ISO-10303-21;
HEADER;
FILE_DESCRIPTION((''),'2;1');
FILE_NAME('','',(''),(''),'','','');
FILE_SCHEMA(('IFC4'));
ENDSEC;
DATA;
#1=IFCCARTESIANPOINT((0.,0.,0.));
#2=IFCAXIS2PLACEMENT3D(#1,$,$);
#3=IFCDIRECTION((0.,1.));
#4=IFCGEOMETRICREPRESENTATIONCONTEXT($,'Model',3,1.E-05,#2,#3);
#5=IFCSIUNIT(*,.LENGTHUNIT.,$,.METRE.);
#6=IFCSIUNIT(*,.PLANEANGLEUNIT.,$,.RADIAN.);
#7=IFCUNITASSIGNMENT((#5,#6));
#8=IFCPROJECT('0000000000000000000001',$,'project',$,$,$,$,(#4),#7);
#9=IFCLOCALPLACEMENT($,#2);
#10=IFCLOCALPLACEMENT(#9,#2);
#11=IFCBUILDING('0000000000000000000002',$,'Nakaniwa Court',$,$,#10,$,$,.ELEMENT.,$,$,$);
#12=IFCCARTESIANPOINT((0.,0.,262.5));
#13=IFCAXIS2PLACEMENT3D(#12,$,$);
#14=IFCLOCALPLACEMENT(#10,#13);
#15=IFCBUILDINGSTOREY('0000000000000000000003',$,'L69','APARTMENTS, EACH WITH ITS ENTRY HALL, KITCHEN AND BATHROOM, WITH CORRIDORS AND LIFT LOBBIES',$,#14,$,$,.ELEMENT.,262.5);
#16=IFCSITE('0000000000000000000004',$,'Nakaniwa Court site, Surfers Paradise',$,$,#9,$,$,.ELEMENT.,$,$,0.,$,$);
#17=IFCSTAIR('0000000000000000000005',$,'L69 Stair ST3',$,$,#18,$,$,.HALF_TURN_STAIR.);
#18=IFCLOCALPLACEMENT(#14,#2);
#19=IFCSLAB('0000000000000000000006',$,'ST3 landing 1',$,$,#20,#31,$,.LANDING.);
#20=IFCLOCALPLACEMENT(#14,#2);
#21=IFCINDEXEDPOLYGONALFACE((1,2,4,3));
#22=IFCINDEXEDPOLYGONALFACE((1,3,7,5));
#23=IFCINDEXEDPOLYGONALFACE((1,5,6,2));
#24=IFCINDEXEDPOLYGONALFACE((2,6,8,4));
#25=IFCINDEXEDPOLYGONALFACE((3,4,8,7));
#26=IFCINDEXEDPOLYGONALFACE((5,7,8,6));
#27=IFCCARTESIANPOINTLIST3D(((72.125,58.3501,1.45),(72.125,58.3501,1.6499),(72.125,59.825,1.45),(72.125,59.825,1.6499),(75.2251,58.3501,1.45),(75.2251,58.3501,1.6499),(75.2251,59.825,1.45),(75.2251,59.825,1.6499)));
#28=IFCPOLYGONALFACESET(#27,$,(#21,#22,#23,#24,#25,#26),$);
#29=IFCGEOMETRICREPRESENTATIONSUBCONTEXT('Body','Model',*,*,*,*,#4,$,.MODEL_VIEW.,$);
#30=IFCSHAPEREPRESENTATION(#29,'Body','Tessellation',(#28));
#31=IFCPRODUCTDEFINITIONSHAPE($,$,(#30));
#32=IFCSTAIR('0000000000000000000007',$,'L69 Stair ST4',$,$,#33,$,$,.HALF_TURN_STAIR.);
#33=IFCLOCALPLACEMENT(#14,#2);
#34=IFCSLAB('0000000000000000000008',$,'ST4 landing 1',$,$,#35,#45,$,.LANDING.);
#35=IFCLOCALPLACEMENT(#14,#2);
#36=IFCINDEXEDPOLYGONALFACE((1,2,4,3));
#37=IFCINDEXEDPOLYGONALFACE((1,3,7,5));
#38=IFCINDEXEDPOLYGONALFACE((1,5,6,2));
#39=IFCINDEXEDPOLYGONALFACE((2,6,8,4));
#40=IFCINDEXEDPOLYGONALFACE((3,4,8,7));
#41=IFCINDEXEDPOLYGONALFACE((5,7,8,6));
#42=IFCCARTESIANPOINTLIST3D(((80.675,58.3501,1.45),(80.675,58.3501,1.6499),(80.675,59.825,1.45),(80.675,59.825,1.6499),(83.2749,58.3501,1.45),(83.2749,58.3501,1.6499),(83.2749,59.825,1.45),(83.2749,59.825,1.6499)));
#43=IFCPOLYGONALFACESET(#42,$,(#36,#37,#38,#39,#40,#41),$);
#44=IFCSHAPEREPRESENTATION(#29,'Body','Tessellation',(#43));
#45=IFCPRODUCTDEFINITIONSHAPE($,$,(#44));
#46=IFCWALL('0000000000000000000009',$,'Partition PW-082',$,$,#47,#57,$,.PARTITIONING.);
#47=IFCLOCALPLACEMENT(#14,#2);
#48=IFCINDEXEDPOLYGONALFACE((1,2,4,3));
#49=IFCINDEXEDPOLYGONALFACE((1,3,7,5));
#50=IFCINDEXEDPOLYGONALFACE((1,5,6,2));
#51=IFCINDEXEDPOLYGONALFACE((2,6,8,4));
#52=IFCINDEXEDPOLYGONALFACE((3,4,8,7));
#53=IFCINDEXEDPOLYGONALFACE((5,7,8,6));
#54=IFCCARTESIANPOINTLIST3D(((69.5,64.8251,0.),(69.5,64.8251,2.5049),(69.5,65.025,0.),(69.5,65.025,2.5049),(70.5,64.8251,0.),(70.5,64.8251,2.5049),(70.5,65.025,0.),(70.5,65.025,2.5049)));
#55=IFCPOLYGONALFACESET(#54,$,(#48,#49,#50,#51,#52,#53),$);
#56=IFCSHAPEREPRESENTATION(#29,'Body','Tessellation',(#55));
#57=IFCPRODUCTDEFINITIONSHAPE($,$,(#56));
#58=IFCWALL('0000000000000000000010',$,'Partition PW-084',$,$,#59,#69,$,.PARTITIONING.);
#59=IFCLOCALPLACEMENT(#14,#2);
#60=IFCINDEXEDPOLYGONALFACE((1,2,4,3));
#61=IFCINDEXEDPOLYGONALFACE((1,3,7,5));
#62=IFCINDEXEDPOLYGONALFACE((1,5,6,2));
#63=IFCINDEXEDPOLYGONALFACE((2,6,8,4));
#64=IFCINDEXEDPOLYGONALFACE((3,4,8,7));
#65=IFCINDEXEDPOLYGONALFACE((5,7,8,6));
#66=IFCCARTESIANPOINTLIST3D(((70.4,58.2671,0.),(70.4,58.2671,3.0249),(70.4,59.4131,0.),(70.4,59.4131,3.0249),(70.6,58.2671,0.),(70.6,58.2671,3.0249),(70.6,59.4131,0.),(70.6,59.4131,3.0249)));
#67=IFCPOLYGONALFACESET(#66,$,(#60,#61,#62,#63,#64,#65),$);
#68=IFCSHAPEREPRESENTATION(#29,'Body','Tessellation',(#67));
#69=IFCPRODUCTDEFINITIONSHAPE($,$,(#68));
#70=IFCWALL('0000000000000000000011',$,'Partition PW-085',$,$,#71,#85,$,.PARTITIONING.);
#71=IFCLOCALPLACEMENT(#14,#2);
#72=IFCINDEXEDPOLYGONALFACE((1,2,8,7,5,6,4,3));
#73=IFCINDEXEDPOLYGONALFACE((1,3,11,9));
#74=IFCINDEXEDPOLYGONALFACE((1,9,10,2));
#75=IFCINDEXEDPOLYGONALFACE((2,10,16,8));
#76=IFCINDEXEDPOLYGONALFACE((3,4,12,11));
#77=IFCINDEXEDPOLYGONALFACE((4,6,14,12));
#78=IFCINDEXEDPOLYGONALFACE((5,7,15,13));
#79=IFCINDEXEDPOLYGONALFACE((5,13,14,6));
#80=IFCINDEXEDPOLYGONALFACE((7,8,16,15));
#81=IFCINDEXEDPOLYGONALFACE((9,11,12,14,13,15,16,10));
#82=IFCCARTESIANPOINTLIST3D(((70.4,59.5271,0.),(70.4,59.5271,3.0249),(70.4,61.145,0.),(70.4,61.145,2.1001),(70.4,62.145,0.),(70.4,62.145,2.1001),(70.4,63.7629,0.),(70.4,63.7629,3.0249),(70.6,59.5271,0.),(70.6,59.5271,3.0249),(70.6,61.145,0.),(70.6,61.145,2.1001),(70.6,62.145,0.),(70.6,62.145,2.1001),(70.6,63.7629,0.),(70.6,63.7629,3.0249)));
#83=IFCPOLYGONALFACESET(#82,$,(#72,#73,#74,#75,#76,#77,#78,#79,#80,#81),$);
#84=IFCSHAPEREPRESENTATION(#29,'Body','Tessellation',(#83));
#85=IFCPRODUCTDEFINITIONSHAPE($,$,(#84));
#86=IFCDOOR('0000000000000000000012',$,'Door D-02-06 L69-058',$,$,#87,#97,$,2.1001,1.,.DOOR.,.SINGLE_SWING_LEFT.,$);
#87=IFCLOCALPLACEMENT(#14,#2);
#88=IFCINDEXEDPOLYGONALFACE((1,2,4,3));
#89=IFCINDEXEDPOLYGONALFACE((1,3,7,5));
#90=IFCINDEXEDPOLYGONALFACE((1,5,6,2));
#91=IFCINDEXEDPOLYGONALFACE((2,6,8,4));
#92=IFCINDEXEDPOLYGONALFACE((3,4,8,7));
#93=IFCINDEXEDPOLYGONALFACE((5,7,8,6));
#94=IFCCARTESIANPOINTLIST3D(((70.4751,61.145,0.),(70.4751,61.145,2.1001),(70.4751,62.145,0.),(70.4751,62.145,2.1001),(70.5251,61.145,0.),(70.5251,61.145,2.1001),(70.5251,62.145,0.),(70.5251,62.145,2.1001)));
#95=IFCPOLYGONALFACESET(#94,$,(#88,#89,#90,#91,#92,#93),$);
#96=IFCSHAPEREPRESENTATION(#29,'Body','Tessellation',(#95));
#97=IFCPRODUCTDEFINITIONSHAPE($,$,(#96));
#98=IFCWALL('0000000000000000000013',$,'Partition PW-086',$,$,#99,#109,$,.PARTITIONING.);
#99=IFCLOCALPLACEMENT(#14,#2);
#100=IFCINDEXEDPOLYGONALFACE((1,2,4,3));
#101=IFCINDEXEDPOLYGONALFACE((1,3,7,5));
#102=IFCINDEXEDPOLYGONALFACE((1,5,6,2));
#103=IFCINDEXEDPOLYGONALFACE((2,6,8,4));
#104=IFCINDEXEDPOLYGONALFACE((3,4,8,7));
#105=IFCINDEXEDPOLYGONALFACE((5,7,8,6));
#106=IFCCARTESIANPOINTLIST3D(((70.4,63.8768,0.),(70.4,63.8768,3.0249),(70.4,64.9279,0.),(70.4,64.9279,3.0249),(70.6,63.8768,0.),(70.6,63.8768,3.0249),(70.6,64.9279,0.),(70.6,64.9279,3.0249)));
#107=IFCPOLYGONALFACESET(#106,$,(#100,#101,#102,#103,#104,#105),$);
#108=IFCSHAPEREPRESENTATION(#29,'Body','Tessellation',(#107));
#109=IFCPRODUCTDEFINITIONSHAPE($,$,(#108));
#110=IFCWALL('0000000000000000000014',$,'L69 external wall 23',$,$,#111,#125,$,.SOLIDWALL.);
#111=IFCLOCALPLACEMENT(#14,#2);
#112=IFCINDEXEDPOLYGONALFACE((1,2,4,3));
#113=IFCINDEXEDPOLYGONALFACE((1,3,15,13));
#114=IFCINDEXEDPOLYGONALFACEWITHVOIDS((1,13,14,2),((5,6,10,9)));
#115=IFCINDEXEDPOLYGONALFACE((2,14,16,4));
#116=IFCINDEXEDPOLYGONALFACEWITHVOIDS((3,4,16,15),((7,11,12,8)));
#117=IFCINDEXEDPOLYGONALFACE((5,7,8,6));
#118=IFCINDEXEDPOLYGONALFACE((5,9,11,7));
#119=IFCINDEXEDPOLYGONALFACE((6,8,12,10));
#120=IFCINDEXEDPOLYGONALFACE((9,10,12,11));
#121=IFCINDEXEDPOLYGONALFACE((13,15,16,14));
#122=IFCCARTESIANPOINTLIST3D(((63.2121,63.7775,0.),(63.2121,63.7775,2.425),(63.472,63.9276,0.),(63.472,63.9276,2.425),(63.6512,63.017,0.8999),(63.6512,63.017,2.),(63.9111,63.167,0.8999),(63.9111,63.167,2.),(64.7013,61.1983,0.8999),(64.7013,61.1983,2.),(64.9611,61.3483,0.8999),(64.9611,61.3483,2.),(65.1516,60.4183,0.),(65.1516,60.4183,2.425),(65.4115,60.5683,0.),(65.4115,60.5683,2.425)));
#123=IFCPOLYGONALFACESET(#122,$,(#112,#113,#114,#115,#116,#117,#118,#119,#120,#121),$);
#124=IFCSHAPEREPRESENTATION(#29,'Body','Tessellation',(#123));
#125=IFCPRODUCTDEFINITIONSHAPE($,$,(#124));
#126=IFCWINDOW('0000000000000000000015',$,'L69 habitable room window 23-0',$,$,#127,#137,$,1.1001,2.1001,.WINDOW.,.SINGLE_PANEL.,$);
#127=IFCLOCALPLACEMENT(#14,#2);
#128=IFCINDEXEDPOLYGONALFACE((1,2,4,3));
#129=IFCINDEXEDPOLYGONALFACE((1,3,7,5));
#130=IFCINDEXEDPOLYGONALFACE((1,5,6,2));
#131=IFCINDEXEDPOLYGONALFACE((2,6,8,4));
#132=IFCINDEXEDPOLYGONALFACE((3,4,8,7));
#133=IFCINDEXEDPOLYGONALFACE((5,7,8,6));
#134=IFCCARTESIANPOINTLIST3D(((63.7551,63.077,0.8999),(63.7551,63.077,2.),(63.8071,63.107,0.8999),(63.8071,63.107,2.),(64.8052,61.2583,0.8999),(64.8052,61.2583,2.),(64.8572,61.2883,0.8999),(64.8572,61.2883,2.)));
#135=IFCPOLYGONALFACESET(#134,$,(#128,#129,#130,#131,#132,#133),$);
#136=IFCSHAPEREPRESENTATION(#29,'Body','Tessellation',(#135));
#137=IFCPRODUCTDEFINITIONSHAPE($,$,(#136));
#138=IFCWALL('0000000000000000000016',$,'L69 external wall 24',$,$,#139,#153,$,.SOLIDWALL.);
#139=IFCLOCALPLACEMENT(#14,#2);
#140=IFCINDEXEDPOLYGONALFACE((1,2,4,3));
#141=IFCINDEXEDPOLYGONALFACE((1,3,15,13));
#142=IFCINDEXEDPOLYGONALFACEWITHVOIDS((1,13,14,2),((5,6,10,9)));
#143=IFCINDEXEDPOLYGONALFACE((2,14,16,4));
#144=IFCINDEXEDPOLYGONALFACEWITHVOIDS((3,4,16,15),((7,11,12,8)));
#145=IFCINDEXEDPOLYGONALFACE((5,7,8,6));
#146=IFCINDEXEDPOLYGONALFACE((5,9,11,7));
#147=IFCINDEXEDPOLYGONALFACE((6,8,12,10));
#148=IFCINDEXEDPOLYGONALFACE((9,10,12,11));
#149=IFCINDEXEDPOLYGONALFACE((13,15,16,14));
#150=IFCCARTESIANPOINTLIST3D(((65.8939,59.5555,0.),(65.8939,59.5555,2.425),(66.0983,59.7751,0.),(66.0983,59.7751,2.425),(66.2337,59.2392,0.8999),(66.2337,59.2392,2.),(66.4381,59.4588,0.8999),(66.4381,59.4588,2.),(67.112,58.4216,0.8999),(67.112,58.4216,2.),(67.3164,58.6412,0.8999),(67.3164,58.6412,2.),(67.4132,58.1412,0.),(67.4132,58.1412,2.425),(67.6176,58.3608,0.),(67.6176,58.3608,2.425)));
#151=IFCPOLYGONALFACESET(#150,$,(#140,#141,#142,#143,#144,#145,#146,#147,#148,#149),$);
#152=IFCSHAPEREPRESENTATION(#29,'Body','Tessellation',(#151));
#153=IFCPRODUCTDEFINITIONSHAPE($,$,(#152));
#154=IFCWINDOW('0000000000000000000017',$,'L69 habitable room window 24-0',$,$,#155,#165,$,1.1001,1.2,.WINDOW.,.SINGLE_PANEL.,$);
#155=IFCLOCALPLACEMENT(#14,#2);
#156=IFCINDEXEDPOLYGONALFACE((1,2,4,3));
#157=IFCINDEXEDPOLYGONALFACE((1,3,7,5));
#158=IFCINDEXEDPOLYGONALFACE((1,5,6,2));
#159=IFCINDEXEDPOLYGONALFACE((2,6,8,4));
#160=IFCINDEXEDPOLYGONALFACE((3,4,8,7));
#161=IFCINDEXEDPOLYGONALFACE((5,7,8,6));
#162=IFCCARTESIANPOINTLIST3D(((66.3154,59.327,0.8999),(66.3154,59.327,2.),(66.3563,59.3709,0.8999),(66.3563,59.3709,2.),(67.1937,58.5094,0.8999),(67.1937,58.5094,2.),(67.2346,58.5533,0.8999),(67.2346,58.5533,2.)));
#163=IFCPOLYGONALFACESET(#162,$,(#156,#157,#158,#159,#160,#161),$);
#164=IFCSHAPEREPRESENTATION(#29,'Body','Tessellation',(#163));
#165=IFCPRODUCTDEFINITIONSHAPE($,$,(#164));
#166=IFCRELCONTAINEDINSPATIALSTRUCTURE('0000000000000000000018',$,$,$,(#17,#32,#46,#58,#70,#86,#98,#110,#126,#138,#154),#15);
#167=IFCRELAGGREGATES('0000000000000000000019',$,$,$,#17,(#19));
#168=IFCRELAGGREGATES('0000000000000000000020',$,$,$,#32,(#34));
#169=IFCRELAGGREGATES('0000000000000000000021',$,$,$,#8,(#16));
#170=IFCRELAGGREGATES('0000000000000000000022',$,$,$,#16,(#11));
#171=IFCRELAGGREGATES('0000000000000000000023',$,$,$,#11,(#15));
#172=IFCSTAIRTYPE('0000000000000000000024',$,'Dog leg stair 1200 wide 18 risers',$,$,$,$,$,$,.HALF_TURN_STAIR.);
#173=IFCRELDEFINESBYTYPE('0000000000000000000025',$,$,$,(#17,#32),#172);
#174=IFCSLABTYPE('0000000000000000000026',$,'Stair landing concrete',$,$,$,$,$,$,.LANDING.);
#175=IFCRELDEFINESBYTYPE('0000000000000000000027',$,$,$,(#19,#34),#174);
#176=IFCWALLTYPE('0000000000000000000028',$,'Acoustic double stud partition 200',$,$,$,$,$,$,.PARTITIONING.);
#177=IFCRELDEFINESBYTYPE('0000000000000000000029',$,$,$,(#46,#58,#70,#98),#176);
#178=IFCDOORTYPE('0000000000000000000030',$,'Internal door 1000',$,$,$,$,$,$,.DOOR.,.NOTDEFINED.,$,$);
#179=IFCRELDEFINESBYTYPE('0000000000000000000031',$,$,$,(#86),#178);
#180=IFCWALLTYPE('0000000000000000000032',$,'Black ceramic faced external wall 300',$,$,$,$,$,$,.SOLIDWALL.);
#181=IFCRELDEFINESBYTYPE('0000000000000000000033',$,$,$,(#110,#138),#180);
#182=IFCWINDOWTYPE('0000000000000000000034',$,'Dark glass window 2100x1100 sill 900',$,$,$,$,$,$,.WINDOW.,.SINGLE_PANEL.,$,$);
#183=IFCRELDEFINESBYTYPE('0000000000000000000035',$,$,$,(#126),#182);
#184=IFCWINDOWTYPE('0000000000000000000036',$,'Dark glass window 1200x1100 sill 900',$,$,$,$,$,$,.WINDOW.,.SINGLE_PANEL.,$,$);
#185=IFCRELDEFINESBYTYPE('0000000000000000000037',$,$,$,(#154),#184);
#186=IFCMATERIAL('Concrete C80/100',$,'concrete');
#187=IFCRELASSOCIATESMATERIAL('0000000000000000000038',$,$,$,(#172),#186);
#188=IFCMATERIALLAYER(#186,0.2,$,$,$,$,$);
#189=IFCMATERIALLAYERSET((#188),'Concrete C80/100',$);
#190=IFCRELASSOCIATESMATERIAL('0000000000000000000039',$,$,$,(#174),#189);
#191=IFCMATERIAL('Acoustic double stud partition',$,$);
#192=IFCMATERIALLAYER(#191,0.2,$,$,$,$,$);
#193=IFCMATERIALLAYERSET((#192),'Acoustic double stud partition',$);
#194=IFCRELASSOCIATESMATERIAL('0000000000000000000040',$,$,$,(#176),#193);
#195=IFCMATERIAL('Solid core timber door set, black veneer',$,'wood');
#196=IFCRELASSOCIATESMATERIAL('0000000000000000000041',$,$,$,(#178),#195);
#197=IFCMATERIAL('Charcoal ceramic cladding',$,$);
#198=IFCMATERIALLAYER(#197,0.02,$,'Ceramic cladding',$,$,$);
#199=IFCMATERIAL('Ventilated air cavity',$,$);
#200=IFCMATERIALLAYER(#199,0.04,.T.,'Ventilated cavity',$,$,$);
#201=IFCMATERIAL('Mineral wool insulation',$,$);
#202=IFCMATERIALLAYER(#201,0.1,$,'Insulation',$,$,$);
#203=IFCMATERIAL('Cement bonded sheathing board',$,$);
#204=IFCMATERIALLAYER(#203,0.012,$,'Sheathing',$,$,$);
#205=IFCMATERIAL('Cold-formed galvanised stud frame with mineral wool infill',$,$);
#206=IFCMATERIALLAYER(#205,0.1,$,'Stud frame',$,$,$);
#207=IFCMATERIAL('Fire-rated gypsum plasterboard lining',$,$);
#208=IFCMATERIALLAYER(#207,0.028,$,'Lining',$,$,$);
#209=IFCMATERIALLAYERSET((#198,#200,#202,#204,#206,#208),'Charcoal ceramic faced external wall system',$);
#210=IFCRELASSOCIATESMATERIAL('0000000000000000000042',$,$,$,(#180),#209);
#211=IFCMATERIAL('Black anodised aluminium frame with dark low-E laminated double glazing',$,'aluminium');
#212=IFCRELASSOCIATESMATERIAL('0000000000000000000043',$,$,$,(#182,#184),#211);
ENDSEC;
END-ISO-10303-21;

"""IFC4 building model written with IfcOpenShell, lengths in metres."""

from ifc_helpers import new_model, si_unit, direction, frame, frame_2d, origin, place, context, subcontext, project, spatial, polyline, rectangle, outline, extrude, material, layer, layer_set, type_object, element, fill, aggregate, save


model = new_model("IFC4")

# Units and contexts
model_context = context("Model", 3, precision=1e-05, world=origin(), true_north=direction((0.0, 1.0)))
body_context = subcontext(model_context, "Body", "Model", "MODEL_VIEW")
ifc_project = project(units=[si_unit("LENGTHUNIT", "METRE"), si_unit("PLANEANGLEUNIT", "RADIAN")], contexts=[model_context])

# Site, building, storey
site_placement = place(None, origin())
site = spatial("IfcSite", under=ifc_project, at=site_placement, Name="Nakaniwa Court site, Surfers Paradise", CompositionType="ELEMENT", RefElevation=0.0)
building_placement = place(site_placement, origin())
building = spatial("IfcBuilding", under=site, at=building_placement, Name="Nakaniwa Court", CompositionType="ELEMENT")
storey_placement = place(building_placement, frame((0.0, 0.0, 262.5)))
storey = spatial("IfcBuildingStorey", under=building, at=storey_placement, Name="L69", Description="APARTMENTS, EACH WITH ITS ENTRY HALL, KITCHEN AND BATHROOM, WITH CORRIDORS AND LIFT LOBBIES", CompositionType="ELEMENT", Elevation=262.5)

# Shared definitions
ifc_material_1 = material(Name="Concrete C80/100", Category="concrete")

# Stairs, slabs
stair_type = type_object("IfcStairType", Name="Dog leg stair 1200 wide 18 risers", PredefinedType="HALF_TURN_STAIR", material=ifc_material_1)
ifc_layer_1 = layer(ifc_material_1, 0.2)
ifc_layer_set_1 = layer_set([ifc_layer_1], Name="Concrete C80/100")
slab_type_1 = type_object("IfcSlabType", Name="Stair landing concrete", PredefinedType="LANDING", material=ifc_layer_set_1)
stair_1_placement = place(storey_placement, origin())
stair_1 = element("IfcStair", 1, at=stair_1_placement, inside=storey, type_object=stair_type, Name="L69 Stair ST3", PredefinedType="HALF_TURN_STAIR")
slab_1_placement = place(storey_placement, frame((0.0, 0.0, 1.45)))
slab_1 = element("IfcSlab", 2, at=slab_1_placement, type_object=slab_type_1, Name="ST3 landing 1", PredefinedType="LANDING", context=body_context, shape_type="SweptSolid", body=[
    extrude(outline(polyline([(75.2251, 58.3501), (75.2251, 59.825), (72.125, 59.825), (72.125, 58.3501), (75.2251, 58.3501)])), origin(), (0.0, 0.0, 1.0), 0.2),
])
aggregate(stair_1, [slab_1])
stair_2_placement = place(storey_placement, origin())
stair_2 = element("IfcStair", 3, at=stair_2_placement, inside=storey, type_object=stair_type, Name="L69 Stair ST4", PredefinedType="HALF_TURN_STAIR")
slab_2_placement = place(storey_placement, frame((0.0, 0.0, 1.45)))
slab_2 = element("IfcSlab", 4, at=slab_2_placement, type_object=slab_type_1, Name="ST4 landing 1", PredefinedType="LANDING", context=body_context, shape_type="SweptSolid", body=[
    extrude(outline(polyline([(83.2749, 58.3501), (83.2749, 59.825), (80.675, 59.825), (80.675, 58.3501), (83.2749, 58.3501)])), origin(), (0.0, 0.0, 1.0), 0.2),
])
aggregate(stair_2, [slab_2])

# Walls
ifc_material_2 = material(Name="Acoustic double stud partition")
ifc_layer_2 = layer(ifc_material_2, 0.2)
ifc_layer_set_2 = layer_set([ifc_layer_2], Name="Acoustic double stud partition")
wall_type_1 = type_object("IfcWallType", Name="Acoustic double stud partition 200", PredefinedType="PARTITIONING", material=ifc_layer_set_2)
wall_1_placement = place(storey_placement, frame((69.5, 64.925, 0.0), z_axis=(0.0, 0.0, 1.0), x_axis=(1.0, 0.0, 0.0)))
element("IfcWall", 5, at=wall_1_placement, inside=storey, type_object=wall_type_1, Name="Partition PW-082", PredefinedType="PARTITIONING", context=body_context, shape_type="SweptSolid", body=[
    extrude(rectangle(XDim=1.0, YDim=0.2, at=frame_2d((0.5, 0.0))), origin(), (0.0, 0.0, 1.0), 2.5049),
])
wall_2_placement = place(storey_placement, frame((70.5, 58.2671, 0.0), z_axis=(0.0, 0.0, 1.0), x_axis=(0.0, 1.0, 0.0)))
element("IfcWall", 6, at=wall_2_placement, inside=storey, type_object=wall_type_1, Name="Partition PW-084", PredefinedType="PARTITIONING", context=body_context, shape_type="SweptSolid", body=[
    extrude(rectangle(XDim=1.146, YDim=0.2, at=frame_2d((0.573, 0.0))), origin(), (0.0, 0.0, 1.0), 3.0249),
])

# Wall, opening, door
wall_3_placement = place(storey_placement, frame((70.5, 59.5271, 0.0), z_axis=(0.0, 0.0, 1.0), x_axis=(0.0, 1.0, 0.0)))
wall_3 = element("IfcWall", 7, at=wall_3_placement, inside=storey, type_object=wall_type_1, Name="Partition PW-085", PredefinedType="PARTITIONING", context=body_context, shape_type="SweptSolid", body=[
    extrude(rectangle(XDim=4.2358, YDim=0.2, at=frame_2d((2.1179, 0.0))), origin(), (0.0, 0.0, 1.0), 3.0249),
])
opening_1_placement = place(wall_3_placement, frame((1.6179, 0.0, 0.0)))
opening_1 = element("IfcOpeningElement", 8, at=opening_1_placement, cuts=wall_3, PredefinedType="OPENING", context=body_context, shape_type="SweptSolid", body=[
    extrude(rectangle(XDim=1.0, YDim=2.1001, at=frame_2d((0.5, 1.05))), frame((0.0, 0.1099, 0.0), z_axis=(0.0, -1.0, 0.0), x_axis=(1.0, 0.0, 0.0)), (0.0, 0.0, 1.0), 0.22),
])
ifc_material_3 = material(Name="Solid core timber door set, black veneer", Category="wood")
door_type = type_object("IfcDoorType", Name="Internal door 1000", OperationType="NOTDEFINED", PredefinedType="DOOR", material=ifc_material_3)
door_placement = place(opening_1_placement, origin())
door = element("IfcDoor", 9, at=door_placement, inside=storey, type_object=door_type, Name="Door D-02-06 L69-058", OperationType="SINGLE_SWING_LEFT", OverallHeight=2.1001, OverallWidth=1.0, PredefinedType="DOOR", context=body_context, shape_type="SweptSolid", body=[
    extrude(rectangle(XDim=1.0, YDim=2.1001, at=frame_2d((0.5, 1.05))), frame((0.0, 0.0249, 0.0), z_axis=(0.0, -1.0, 0.0), x_axis=(1.0, 0.0, 0.0)), (0.0, 0.0, 1.0), 0.05),
])
fill(opening_1, door)

# Wall
wall_4_placement = place(storey_placement, frame((70.5, 63.877, 0.0), z_axis=(0.0, 0.0, 1.0), x_axis=(0.0, 1.0, 0.0)))
element("IfcWall", 10, at=wall_4_placement, inside=storey, type_object=wall_type_1, Name="Partition PW-086", PredefinedType="PARTITIONING", context=body_context, shape_type="SweptSolid", body=[
    extrude(rectangle(XDim=1.051, YDim=0.2, at=frame_2d((0.5254, 0.0))), origin(), (0.0, 0.0, 1.0), 3.0249),
])

# Walls, openings, windows
ifc_material_4 = material(Name="Charcoal ceramic cladding")
ifc_layer_3 = layer(ifc_material_4, 0.02, Name="Ceramic cladding")
ifc_material_5 = material(Name="Ventilated air cavity")
ifc_layer_4 = layer(ifc_material_5, 0.04, ventilated=True, Name="Ventilated cavity")
ifc_material_6 = material(Name="Mineral wool insulation")
ifc_layer_5 = layer(ifc_material_6, 0.1, Name="Insulation")
ifc_material_7 = material(Name="Cement bonded sheathing board")
ifc_layer_6 = layer(ifc_material_7, 0.012, Name="Sheathing")
ifc_material_8 = material(Name="Cold-formed galvanised stud frame with mineral wool infill")
ifc_layer_7 = layer(ifc_material_8, 0.1, Name="Stud frame")
ifc_material_9 = material(Name="Fire-rated gypsum plasterboard lining")
ifc_layer_8 = layer(ifc_material_9, 0.028, Name="Lining")
ifc_layer_set_3 = layer_set([ifc_layer_3, ifc_layer_4, ifc_layer_5, ifc_layer_6, ifc_layer_7, ifc_layer_8], Name="Charcoal ceramic faced external wall system")
wall_type_2 = type_object("IfcWallType", Name="Black ceramic faced external wall 300", PredefinedType="SOLIDWALL", material=ifc_layer_set_3)
wall_5_placement = place(storey_placement, frame((63.342, 63.8525, 0.0), z_axis=(0.0, 0.0, 1.0), x_axis=(0.500011, -0.866019, 0.0)))
wall_5 = element("IfcWall", 11, at=wall_5_placement, inside=storey, type_object=wall_type_2, Name="L69 external wall 23", PredefinedType="SOLIDWALL", context=body_context, shape_type="SweptSolid", body=[
    extrude(rectangle(XDim=3.8789, YDim=0.3, at=frame_2d((1.9395, 0.0))), origin(), (0.0, 0.0, 1.0), 2.425),
])
opening_2_placement = place(wall_5_placement, frame((0.8782, 0.0, 0.8999)))
opening_2 = element("IfcOpeningElement", 12, at=opening_2_placement, cuts=wall_5, PredefinedType="OPENING", context=body_context, shape_type="SweptSolid", body=[
    extrude(rectangle(XDim=2.1001, YDim=1.1001, at=frame_2d((1.05, 0.55))), frame((0.0, 0.1599, 0.0), z_axis=(0.0, -1.0, 0.0), x_axis=(1.0, 0.0, 0.0)), (0.0, 0.0, 1.0), 0.3201),
])
ifc_material_10 = material(Name="Black anodised aluminium frame with dark low-E laminated double glazing", Category="aluminium")
window_type_1 = type_object("IfcWindowType", Name="Dark glass window 2100x1100 sill 900", PartitioningType="SINGLE_PANEL", PredefinedType="WINDOW", material=ifc_material_10)
window_1_placement = place(opening_2_placement, origin())
window_1 = element("IfcWindow", 13, at=window_1_placement, inside=storey, type_object=window_type_1, Name="L69 habitable room window 23-0", OverallHeight=1.1001, OverallWidth=2.1001, PartitioningType="SINGLE_PANEL", PredefinedType="WINDOW", context=body_context, shape_type="SweptSolid", body=[
    extrude(rectangle(XDim=2.1001, YDim=1.1001, at=frame_2d((1.05, 0.55))), frame((0.0, 0.03, 0.0), z_axis=(0.0, -1.0, 0.0), x_axis=(1.0, 0.0, 0.0)), (0.0, 0.0, 1.0), 0.0601),
])
fill(opening_2, window_1)
wall_6_placement = place(storey_placement, frame((65.9961, 59.6653, 0.0), z_axis=(0.0, 0.0, 1.0), x_axis=(0.731943, -0.681366, 0.0)))
wall_6 = element("IfcWall", 14, at=wall_6_placement, inside=storey, type_object=wall_type_2, Name="L69 external wall 24", PredefinedType="SOLIDWALL", context=body_context, shape_type="SweptSolid", body=[
    extrude(rectangle(XDim=2.0757, YDim=0.3, at=frame_2d((1.0378, 0.0))), origin(), (0.0, 0.0, 1.0), 2.425),
])
opening_3_placement = place(wall_6_placement, frame((0.4641, 0.0, 0.8999)))
opening_3 = element("IfcOpeningElement", 15, at=opening_3_placement, cuts=wall_6, PredefinedType="OPENING", context=body_context, shape_type="SweptSolid", body=[
    extrude(rectangle(XDim=1.2, YDim=1.1001, at=frame_2d((0.6001, 0.55))), frame((0.0, 0.1599, 0.0), z_axis=(0.0, -1.0, 0.0), x_axis=(1.0, 0.0, 0.0)), (0.0, 0.0, 1.0), 0.3201),
])
window_type_2 = type_object("IfcWindowType", Name="Dark glass window 1200x1100 sill 900", PartitioningType="SINGLE_PANEL", PredefinedType="WINDOW", material=ifc_material_10)
window_2_placement = place(opening_3_placement, origin())
window_2 = element("IfcWindow", 16, at=window_2_placement, inside=storey, type_object=window_type_2, Name="L69 habitable room window 24-0", OverallHeight=1.1001, OverallWidth=1.2, PartitioningType="SINGLE_PANEL", PredefinedType="WINDOW", context=body_context, shape_type="SweptSolid", body=[
    extrude(rectangle(XDim=1.2, YDim=1.1001, at=frame_2d((0.6001, 0.55))), frame((0.0, 0.03, 0.0), z_axis=(0.0, -1.0, 0.0), x_axis=(1.0, 0.0, 0.0)), (0.0, 0.0, 1.0), 0.0601),
])
fill(opening_3, window_2)

save(model, "model.ifc")
